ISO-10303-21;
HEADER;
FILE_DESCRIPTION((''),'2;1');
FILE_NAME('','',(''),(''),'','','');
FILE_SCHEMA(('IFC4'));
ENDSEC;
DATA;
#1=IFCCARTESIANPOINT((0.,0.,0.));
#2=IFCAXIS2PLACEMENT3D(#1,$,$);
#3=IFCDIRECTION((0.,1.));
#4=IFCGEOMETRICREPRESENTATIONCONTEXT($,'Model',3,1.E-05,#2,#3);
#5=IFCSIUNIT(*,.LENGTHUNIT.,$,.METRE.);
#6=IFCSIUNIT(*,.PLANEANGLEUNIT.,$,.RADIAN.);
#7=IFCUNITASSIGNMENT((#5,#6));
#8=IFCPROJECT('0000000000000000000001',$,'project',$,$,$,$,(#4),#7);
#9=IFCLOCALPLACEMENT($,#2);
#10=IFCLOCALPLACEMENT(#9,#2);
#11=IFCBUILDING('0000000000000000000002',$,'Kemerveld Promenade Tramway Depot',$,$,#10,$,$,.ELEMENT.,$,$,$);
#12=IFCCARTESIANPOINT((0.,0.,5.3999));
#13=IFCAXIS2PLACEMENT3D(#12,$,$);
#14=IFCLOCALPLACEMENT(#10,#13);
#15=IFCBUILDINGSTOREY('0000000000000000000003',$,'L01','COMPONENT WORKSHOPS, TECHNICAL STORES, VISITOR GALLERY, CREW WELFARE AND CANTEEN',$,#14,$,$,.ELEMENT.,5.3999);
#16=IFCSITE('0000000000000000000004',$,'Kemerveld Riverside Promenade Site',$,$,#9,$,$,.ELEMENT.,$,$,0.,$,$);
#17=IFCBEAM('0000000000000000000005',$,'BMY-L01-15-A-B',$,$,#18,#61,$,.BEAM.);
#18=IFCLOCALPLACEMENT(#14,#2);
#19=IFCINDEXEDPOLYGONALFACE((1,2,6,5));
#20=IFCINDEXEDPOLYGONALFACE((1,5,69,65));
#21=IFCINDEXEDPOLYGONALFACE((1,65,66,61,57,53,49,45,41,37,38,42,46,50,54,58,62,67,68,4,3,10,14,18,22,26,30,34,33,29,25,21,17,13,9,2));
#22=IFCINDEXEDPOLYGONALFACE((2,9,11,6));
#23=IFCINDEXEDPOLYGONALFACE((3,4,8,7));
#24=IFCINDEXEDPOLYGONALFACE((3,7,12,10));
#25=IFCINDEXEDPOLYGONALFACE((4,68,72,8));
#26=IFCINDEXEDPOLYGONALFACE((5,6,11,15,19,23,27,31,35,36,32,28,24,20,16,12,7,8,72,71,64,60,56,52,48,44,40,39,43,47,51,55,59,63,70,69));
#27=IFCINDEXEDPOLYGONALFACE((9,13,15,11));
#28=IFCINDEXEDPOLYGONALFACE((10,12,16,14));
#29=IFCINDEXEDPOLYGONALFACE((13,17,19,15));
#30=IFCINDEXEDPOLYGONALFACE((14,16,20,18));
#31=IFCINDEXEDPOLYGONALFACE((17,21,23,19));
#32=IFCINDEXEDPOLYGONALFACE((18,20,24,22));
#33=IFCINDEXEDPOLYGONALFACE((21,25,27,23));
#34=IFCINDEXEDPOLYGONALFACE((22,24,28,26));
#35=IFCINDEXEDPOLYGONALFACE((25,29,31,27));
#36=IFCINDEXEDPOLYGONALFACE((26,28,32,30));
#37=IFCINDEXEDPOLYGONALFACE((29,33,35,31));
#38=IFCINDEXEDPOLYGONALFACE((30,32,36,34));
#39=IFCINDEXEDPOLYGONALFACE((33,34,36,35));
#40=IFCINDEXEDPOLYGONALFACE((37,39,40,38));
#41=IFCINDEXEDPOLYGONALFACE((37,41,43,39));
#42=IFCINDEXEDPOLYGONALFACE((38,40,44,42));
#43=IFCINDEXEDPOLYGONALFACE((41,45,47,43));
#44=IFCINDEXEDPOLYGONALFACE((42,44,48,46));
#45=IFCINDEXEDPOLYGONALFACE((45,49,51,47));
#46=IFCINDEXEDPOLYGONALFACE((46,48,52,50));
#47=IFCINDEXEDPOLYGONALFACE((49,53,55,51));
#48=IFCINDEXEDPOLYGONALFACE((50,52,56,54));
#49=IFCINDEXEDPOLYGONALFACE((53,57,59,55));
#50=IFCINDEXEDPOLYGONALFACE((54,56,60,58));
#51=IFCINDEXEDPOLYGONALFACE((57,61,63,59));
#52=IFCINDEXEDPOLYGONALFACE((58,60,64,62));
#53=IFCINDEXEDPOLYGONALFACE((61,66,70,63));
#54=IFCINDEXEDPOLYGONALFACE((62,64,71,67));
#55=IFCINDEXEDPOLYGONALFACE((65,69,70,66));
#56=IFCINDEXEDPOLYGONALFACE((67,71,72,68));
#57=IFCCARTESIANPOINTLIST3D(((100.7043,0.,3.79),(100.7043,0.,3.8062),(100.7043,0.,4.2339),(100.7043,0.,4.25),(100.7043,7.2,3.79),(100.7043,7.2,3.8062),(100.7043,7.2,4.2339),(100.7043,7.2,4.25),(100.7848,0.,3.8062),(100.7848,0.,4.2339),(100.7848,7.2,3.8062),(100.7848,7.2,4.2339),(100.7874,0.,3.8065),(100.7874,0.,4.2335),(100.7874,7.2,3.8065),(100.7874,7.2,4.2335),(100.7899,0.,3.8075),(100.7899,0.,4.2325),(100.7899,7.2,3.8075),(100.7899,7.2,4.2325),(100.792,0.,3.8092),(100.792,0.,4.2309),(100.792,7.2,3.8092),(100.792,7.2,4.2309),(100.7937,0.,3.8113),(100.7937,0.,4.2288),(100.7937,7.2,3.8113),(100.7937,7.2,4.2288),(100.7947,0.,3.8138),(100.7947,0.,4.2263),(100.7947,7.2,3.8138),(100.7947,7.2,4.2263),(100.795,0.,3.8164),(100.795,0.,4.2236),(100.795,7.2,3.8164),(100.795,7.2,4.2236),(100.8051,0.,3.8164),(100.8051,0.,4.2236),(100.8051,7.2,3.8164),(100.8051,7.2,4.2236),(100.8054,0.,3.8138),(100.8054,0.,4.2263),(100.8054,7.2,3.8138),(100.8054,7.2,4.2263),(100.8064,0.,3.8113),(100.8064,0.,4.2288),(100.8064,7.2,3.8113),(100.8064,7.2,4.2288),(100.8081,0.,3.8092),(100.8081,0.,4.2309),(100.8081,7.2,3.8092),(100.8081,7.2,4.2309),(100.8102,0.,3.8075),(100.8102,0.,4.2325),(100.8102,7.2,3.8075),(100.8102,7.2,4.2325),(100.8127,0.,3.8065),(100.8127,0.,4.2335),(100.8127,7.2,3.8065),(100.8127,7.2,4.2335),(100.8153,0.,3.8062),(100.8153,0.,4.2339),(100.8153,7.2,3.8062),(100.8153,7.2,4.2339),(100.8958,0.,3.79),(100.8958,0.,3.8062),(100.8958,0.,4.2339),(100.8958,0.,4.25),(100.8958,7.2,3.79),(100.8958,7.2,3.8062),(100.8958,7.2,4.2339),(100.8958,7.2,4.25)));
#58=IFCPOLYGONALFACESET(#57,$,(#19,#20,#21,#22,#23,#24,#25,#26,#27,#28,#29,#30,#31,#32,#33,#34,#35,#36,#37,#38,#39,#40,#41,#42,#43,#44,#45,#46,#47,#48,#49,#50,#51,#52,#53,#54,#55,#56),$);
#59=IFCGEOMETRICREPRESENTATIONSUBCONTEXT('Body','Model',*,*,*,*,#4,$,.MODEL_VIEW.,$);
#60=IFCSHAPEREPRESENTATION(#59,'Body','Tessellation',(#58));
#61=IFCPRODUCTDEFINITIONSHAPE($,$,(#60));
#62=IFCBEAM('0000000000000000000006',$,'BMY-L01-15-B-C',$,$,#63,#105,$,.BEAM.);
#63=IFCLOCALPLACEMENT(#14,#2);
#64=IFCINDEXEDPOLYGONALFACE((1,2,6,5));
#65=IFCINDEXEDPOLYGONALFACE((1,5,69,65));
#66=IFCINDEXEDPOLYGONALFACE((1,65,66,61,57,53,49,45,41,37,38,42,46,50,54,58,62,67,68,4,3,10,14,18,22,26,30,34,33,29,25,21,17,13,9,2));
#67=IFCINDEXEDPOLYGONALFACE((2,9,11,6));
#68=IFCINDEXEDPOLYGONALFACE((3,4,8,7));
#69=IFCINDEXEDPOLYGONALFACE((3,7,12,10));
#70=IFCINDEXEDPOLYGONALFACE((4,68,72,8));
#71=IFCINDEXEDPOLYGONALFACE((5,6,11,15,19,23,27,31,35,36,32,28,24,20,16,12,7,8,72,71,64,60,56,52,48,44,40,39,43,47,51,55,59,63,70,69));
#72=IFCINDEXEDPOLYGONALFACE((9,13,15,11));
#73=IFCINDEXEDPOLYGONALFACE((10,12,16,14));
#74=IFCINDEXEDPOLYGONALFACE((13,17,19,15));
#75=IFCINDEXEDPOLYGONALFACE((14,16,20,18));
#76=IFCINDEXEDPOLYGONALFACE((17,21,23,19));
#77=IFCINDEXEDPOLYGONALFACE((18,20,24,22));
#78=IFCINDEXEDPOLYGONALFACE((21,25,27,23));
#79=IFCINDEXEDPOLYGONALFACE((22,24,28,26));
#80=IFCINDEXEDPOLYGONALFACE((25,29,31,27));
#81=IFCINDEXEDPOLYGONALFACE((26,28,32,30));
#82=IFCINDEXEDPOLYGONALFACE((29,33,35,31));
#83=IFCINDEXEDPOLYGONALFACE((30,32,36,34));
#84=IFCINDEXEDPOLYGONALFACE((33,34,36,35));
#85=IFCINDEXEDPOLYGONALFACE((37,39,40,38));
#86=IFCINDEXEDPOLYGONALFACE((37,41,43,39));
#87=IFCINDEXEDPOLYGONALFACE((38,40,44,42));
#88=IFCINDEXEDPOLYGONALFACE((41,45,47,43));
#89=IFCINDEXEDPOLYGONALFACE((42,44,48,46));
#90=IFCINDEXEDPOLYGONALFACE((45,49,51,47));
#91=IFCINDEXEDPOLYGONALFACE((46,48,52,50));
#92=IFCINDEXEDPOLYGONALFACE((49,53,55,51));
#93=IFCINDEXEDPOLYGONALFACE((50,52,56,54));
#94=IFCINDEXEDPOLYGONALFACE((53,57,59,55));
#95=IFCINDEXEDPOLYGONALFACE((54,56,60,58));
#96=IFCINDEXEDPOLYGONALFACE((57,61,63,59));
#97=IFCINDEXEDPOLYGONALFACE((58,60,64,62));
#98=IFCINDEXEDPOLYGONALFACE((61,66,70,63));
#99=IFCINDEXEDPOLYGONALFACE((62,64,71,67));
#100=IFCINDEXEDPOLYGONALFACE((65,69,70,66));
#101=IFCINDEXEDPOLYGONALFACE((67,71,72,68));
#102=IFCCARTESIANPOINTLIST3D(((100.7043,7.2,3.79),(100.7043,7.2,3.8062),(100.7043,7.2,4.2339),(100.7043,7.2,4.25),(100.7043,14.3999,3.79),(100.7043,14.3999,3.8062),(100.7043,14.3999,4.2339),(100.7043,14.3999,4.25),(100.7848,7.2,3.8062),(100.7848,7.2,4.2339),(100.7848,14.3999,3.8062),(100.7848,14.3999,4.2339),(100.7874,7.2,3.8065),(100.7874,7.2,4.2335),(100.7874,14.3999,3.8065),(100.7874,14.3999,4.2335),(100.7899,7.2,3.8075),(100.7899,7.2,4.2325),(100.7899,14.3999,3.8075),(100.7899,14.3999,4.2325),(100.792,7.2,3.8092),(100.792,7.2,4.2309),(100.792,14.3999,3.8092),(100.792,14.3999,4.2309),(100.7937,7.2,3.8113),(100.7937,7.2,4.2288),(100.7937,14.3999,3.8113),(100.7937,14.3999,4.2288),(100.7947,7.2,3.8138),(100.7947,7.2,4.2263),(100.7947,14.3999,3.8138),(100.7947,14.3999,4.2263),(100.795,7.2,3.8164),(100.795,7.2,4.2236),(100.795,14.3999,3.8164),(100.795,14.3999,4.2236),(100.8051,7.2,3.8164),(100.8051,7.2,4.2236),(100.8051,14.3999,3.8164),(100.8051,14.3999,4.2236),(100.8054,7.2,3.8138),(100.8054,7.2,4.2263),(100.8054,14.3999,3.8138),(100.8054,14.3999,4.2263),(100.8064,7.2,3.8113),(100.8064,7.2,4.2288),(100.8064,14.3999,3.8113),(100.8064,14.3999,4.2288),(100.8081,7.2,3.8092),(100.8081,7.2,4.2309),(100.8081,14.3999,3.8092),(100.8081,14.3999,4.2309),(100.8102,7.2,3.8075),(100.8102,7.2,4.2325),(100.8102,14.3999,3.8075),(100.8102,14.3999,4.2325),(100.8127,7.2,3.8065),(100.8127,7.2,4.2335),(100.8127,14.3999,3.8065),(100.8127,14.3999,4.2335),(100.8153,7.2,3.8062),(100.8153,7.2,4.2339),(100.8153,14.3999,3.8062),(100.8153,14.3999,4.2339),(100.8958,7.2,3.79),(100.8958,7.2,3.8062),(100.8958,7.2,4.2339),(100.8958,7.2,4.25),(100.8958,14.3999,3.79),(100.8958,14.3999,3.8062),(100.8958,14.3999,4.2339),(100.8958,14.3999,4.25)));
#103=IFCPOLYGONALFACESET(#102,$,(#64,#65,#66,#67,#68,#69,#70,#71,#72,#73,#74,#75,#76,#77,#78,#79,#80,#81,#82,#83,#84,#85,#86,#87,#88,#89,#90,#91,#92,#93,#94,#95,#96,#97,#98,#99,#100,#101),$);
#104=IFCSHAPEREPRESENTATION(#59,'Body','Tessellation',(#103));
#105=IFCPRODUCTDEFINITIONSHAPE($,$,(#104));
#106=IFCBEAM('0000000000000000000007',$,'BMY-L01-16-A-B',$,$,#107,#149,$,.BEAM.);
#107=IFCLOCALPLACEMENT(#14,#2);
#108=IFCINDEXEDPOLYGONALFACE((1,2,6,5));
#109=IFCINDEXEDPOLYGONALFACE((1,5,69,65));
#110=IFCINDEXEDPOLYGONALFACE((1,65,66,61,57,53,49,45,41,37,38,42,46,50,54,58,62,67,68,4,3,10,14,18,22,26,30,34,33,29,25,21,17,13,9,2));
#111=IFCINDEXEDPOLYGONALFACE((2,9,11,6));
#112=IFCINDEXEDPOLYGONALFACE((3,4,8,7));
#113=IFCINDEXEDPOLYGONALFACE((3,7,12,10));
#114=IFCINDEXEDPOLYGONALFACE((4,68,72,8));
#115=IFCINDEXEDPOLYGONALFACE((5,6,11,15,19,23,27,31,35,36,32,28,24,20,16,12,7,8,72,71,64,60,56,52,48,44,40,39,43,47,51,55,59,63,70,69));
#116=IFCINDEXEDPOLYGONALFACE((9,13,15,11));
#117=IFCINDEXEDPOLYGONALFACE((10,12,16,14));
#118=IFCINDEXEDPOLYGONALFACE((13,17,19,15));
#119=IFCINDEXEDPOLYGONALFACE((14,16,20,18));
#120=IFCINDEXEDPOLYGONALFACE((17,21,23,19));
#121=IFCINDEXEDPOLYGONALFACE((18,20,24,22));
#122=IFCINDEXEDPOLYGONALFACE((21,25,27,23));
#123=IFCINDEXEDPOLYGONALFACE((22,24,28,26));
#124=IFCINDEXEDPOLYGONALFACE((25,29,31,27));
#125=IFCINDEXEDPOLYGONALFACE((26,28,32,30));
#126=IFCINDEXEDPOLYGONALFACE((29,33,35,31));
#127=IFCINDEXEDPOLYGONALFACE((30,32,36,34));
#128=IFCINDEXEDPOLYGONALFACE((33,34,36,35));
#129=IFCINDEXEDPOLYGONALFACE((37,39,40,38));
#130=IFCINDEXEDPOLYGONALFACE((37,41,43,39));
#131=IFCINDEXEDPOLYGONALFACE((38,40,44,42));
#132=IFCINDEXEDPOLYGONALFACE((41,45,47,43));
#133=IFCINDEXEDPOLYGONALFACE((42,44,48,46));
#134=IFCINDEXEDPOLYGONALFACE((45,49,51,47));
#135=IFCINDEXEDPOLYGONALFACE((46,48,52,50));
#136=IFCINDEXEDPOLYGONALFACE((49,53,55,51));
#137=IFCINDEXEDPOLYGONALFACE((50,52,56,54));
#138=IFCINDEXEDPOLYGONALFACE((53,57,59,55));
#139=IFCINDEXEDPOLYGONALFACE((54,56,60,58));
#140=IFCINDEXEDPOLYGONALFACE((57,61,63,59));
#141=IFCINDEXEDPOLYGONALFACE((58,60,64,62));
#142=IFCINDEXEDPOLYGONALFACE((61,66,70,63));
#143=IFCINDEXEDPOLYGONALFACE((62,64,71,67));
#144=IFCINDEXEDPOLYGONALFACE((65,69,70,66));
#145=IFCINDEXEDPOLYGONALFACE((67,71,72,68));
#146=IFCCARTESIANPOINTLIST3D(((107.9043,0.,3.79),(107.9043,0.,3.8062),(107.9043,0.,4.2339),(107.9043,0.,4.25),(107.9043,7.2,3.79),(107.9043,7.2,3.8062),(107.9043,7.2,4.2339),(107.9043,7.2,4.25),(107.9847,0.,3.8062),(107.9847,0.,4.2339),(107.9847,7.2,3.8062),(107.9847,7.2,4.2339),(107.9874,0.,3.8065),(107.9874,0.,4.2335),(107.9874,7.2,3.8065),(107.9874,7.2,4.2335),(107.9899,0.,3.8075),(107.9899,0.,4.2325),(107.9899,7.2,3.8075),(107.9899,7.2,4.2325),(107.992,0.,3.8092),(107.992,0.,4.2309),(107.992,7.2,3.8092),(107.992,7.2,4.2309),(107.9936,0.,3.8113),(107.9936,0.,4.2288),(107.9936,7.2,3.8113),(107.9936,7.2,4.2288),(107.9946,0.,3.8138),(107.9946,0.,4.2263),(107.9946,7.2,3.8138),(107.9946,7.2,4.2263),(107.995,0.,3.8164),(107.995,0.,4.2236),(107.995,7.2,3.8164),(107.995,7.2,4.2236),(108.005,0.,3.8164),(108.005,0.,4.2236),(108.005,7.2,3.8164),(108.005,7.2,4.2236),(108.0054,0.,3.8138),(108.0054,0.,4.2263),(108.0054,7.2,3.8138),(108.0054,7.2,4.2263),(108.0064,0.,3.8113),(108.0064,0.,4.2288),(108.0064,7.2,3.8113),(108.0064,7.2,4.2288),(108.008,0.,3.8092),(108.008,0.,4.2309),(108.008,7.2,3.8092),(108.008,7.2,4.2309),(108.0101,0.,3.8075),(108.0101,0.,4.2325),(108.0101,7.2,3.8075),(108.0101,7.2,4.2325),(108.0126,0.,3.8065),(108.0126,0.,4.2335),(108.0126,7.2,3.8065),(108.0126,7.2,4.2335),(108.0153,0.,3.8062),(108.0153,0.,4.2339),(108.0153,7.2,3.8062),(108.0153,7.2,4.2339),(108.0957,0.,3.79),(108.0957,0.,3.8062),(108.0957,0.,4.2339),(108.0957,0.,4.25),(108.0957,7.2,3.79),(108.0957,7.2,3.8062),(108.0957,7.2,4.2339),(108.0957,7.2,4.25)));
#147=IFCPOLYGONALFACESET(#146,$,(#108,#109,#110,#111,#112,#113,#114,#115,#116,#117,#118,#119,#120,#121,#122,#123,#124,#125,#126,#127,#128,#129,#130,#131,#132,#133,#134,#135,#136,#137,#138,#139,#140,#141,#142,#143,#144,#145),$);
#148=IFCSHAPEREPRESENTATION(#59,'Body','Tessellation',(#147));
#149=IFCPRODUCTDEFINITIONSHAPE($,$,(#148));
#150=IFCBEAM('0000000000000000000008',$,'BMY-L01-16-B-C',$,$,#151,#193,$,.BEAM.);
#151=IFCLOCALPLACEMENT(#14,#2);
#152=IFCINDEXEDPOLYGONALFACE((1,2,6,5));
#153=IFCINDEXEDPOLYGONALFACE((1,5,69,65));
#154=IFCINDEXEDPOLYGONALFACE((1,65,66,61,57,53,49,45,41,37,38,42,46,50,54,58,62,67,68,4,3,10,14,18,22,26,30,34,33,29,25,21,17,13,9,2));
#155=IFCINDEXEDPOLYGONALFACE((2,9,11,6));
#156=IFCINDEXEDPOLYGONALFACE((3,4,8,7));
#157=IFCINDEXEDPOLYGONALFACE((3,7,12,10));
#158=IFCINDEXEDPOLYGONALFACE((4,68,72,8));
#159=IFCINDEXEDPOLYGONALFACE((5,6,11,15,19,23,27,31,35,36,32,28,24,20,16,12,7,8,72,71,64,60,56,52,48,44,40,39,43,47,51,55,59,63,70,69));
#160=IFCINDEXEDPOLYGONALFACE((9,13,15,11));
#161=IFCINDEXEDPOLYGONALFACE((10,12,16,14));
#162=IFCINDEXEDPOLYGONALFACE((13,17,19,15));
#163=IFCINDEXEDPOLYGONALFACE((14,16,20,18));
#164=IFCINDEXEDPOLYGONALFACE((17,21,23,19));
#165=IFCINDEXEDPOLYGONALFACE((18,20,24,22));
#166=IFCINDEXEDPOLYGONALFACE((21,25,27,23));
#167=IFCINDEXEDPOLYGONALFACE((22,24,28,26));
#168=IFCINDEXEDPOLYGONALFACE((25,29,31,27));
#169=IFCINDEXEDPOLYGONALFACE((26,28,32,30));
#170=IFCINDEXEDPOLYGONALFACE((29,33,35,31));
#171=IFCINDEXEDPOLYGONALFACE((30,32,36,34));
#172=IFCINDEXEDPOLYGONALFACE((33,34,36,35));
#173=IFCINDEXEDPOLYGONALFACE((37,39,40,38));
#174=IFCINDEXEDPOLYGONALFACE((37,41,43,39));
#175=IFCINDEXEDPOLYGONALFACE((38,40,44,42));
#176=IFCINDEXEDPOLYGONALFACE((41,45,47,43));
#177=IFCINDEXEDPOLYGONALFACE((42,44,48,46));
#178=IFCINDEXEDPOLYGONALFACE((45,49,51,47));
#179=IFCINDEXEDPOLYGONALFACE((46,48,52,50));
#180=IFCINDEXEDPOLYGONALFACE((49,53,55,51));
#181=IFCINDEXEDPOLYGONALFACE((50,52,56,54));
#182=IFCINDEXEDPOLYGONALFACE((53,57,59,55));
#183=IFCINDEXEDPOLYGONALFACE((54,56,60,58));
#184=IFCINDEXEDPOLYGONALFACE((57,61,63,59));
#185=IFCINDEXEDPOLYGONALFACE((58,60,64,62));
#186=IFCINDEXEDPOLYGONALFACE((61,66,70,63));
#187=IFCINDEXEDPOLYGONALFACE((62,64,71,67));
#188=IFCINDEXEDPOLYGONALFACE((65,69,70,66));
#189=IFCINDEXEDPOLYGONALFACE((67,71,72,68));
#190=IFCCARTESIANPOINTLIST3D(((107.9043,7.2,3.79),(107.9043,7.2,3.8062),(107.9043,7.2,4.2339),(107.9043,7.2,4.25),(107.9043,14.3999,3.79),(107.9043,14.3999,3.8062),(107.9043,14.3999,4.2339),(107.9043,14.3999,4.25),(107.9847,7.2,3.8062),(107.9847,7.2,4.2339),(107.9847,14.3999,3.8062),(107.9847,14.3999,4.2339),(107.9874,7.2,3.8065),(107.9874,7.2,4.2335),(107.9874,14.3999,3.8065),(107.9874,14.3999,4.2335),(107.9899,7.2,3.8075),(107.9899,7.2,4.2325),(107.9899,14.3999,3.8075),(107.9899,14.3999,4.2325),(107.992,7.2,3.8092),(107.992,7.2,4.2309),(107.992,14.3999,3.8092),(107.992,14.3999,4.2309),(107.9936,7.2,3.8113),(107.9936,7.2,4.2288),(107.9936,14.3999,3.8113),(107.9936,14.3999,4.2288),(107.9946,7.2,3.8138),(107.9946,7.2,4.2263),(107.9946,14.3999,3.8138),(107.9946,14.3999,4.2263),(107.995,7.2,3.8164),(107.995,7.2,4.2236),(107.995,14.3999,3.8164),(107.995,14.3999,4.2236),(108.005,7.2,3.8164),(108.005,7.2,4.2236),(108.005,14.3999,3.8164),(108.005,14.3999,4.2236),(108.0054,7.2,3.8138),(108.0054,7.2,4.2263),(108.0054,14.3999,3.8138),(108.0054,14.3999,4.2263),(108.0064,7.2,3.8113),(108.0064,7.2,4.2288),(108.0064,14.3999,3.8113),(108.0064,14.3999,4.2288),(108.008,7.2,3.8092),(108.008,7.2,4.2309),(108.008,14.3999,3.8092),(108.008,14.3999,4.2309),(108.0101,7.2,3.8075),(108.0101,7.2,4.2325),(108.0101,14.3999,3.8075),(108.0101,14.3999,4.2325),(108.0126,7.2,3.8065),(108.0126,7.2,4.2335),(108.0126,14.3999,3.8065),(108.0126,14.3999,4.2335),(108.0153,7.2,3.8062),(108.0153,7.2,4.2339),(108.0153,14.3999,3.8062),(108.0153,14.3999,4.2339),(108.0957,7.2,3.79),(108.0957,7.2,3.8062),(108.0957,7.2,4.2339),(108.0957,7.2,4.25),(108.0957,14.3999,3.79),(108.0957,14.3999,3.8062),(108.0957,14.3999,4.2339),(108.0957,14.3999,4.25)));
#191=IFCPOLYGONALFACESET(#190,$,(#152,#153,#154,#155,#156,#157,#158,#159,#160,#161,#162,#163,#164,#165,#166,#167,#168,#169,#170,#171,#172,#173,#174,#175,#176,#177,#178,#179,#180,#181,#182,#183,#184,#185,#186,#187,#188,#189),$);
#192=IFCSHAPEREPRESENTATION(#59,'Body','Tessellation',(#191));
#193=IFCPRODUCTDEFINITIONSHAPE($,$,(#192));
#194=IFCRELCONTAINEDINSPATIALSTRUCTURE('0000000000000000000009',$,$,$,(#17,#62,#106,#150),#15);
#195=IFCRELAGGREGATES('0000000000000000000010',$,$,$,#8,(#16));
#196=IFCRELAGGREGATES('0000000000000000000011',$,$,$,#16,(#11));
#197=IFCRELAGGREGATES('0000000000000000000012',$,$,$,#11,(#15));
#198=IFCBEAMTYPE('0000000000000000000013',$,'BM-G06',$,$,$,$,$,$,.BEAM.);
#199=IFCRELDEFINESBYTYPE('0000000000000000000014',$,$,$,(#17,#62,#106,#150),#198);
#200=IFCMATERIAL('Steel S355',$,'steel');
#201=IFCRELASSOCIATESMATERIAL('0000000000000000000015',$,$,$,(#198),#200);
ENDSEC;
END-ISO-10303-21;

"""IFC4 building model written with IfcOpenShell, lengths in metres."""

from ifc_helpers import new_model, si_unit, direction, frame, origin, origin_2d, place, context, subcontext, project, spatial, i_section, extrude, material, material_profile, profile_set, type_object, element, save


model = new_model("IFC4")

# Units and contexts
model_context = context("Model", 3, precision=1e-05, world=origin(), true_north=direction((0.0, 1.0)))
body_context = subcontext(model_context, "Body", "Model", "MODEL_VIEW")
ifc_project = project(units=[si_unit("LENGTHUNIT", "METRE"), si_unit("PLANEANGLEUNIT", "RADIAN")], contexts=[model_context])

# Site, building, storey
site_placement = place(None, origin())
site = spatial("IfcSite", under=ifc_project, at=site_placement, Name="Kemerveld Riverside Promenade Site", CompositionType="ELEMENT", RefElevation=0.0)
building_placement = place(site_placement, origin())
building = spatial("IfcBuilding", under=site, at=building_placement, Name="Kemerveld Promenade Tramway Depot", CompositionType="ELEMENT")
storey_placement = place(building_placement, frame((0.0, 0.0, 5.3999)))
storey = spatial("IfcBuildingStorey", under=building, at=storey_placement, Name="L01", Description="COMPONENT WORKSHOPS, TECHNICAL STORES, VISITOR GALLERY, CREW WELFARE AND CANTEEN", CompositionType="ELEMENT", Elevation=5.3999)

# Shared definitions
ifc_material_1 = material(Name="Steel S355", Category="steel")

# Beams
ifc_material_profile_1 = material_profile(ifc_material_1, i_section(OverallWidth=0.1914, OverallDepth=0.46, WebThickness=0.01, FlangeThickness=0.0161, FilletRadius=0.0103, at=origin_2d()), Name="457x191x82 UB")
ifc_profile_set_1 = profile_set([ifc_material_profile_1], Name="Steel S355")
beam_type_1 = type_object("IfcBeamType", Name="BM-G06", PredefinedType="BEAM", material=ifc_profile_set_1)
for number, where, z_axis, x_axis, name in (
    (1, (100.8, 0.0, 4.02), (0.0, 1.0, 0.0), (-1.0, 0.0, 0.0), "BMY-L01-15-A-B"),
    (2, (100.8, 7.2, 4.02), (0.0, 1.0, 0.0), (-1.0, 0.0, 0.0), "BMY-L01-15-B-C"),
    (3, (108.0, 0.0, 4.02), (0.0, 1.0, 0.0), (-1.0, 0.0, 0.0), "BMY-L01-16-A-B"),
    (4, (108.0, 7.2, 4.02), (0.0, 1.0, 0.0), (-1.0, 0.0, 0.0), "BMY-L01-16-B-C"),
):
    element("IfcBeam", number, at=place(storey_placement, frame(where, z_axis=z_axis, x_axis=x_axis)), inside=storey, type_object=beam_type_1, Name=name, PredefinedType="BEAM", context=body_context, shape_type="SweptSolid", body=[
        extrude(i_section(OverallWidth=0.1914, OverallDepth=0.46, WebThickness=0.01, FlangeThickness=0.0161, FilletRadius=0.0103, at=origin_2d()), origin(), (0.0, 0.0, 1.0), 7.2),
    ])

save(model, "model.ifc")
